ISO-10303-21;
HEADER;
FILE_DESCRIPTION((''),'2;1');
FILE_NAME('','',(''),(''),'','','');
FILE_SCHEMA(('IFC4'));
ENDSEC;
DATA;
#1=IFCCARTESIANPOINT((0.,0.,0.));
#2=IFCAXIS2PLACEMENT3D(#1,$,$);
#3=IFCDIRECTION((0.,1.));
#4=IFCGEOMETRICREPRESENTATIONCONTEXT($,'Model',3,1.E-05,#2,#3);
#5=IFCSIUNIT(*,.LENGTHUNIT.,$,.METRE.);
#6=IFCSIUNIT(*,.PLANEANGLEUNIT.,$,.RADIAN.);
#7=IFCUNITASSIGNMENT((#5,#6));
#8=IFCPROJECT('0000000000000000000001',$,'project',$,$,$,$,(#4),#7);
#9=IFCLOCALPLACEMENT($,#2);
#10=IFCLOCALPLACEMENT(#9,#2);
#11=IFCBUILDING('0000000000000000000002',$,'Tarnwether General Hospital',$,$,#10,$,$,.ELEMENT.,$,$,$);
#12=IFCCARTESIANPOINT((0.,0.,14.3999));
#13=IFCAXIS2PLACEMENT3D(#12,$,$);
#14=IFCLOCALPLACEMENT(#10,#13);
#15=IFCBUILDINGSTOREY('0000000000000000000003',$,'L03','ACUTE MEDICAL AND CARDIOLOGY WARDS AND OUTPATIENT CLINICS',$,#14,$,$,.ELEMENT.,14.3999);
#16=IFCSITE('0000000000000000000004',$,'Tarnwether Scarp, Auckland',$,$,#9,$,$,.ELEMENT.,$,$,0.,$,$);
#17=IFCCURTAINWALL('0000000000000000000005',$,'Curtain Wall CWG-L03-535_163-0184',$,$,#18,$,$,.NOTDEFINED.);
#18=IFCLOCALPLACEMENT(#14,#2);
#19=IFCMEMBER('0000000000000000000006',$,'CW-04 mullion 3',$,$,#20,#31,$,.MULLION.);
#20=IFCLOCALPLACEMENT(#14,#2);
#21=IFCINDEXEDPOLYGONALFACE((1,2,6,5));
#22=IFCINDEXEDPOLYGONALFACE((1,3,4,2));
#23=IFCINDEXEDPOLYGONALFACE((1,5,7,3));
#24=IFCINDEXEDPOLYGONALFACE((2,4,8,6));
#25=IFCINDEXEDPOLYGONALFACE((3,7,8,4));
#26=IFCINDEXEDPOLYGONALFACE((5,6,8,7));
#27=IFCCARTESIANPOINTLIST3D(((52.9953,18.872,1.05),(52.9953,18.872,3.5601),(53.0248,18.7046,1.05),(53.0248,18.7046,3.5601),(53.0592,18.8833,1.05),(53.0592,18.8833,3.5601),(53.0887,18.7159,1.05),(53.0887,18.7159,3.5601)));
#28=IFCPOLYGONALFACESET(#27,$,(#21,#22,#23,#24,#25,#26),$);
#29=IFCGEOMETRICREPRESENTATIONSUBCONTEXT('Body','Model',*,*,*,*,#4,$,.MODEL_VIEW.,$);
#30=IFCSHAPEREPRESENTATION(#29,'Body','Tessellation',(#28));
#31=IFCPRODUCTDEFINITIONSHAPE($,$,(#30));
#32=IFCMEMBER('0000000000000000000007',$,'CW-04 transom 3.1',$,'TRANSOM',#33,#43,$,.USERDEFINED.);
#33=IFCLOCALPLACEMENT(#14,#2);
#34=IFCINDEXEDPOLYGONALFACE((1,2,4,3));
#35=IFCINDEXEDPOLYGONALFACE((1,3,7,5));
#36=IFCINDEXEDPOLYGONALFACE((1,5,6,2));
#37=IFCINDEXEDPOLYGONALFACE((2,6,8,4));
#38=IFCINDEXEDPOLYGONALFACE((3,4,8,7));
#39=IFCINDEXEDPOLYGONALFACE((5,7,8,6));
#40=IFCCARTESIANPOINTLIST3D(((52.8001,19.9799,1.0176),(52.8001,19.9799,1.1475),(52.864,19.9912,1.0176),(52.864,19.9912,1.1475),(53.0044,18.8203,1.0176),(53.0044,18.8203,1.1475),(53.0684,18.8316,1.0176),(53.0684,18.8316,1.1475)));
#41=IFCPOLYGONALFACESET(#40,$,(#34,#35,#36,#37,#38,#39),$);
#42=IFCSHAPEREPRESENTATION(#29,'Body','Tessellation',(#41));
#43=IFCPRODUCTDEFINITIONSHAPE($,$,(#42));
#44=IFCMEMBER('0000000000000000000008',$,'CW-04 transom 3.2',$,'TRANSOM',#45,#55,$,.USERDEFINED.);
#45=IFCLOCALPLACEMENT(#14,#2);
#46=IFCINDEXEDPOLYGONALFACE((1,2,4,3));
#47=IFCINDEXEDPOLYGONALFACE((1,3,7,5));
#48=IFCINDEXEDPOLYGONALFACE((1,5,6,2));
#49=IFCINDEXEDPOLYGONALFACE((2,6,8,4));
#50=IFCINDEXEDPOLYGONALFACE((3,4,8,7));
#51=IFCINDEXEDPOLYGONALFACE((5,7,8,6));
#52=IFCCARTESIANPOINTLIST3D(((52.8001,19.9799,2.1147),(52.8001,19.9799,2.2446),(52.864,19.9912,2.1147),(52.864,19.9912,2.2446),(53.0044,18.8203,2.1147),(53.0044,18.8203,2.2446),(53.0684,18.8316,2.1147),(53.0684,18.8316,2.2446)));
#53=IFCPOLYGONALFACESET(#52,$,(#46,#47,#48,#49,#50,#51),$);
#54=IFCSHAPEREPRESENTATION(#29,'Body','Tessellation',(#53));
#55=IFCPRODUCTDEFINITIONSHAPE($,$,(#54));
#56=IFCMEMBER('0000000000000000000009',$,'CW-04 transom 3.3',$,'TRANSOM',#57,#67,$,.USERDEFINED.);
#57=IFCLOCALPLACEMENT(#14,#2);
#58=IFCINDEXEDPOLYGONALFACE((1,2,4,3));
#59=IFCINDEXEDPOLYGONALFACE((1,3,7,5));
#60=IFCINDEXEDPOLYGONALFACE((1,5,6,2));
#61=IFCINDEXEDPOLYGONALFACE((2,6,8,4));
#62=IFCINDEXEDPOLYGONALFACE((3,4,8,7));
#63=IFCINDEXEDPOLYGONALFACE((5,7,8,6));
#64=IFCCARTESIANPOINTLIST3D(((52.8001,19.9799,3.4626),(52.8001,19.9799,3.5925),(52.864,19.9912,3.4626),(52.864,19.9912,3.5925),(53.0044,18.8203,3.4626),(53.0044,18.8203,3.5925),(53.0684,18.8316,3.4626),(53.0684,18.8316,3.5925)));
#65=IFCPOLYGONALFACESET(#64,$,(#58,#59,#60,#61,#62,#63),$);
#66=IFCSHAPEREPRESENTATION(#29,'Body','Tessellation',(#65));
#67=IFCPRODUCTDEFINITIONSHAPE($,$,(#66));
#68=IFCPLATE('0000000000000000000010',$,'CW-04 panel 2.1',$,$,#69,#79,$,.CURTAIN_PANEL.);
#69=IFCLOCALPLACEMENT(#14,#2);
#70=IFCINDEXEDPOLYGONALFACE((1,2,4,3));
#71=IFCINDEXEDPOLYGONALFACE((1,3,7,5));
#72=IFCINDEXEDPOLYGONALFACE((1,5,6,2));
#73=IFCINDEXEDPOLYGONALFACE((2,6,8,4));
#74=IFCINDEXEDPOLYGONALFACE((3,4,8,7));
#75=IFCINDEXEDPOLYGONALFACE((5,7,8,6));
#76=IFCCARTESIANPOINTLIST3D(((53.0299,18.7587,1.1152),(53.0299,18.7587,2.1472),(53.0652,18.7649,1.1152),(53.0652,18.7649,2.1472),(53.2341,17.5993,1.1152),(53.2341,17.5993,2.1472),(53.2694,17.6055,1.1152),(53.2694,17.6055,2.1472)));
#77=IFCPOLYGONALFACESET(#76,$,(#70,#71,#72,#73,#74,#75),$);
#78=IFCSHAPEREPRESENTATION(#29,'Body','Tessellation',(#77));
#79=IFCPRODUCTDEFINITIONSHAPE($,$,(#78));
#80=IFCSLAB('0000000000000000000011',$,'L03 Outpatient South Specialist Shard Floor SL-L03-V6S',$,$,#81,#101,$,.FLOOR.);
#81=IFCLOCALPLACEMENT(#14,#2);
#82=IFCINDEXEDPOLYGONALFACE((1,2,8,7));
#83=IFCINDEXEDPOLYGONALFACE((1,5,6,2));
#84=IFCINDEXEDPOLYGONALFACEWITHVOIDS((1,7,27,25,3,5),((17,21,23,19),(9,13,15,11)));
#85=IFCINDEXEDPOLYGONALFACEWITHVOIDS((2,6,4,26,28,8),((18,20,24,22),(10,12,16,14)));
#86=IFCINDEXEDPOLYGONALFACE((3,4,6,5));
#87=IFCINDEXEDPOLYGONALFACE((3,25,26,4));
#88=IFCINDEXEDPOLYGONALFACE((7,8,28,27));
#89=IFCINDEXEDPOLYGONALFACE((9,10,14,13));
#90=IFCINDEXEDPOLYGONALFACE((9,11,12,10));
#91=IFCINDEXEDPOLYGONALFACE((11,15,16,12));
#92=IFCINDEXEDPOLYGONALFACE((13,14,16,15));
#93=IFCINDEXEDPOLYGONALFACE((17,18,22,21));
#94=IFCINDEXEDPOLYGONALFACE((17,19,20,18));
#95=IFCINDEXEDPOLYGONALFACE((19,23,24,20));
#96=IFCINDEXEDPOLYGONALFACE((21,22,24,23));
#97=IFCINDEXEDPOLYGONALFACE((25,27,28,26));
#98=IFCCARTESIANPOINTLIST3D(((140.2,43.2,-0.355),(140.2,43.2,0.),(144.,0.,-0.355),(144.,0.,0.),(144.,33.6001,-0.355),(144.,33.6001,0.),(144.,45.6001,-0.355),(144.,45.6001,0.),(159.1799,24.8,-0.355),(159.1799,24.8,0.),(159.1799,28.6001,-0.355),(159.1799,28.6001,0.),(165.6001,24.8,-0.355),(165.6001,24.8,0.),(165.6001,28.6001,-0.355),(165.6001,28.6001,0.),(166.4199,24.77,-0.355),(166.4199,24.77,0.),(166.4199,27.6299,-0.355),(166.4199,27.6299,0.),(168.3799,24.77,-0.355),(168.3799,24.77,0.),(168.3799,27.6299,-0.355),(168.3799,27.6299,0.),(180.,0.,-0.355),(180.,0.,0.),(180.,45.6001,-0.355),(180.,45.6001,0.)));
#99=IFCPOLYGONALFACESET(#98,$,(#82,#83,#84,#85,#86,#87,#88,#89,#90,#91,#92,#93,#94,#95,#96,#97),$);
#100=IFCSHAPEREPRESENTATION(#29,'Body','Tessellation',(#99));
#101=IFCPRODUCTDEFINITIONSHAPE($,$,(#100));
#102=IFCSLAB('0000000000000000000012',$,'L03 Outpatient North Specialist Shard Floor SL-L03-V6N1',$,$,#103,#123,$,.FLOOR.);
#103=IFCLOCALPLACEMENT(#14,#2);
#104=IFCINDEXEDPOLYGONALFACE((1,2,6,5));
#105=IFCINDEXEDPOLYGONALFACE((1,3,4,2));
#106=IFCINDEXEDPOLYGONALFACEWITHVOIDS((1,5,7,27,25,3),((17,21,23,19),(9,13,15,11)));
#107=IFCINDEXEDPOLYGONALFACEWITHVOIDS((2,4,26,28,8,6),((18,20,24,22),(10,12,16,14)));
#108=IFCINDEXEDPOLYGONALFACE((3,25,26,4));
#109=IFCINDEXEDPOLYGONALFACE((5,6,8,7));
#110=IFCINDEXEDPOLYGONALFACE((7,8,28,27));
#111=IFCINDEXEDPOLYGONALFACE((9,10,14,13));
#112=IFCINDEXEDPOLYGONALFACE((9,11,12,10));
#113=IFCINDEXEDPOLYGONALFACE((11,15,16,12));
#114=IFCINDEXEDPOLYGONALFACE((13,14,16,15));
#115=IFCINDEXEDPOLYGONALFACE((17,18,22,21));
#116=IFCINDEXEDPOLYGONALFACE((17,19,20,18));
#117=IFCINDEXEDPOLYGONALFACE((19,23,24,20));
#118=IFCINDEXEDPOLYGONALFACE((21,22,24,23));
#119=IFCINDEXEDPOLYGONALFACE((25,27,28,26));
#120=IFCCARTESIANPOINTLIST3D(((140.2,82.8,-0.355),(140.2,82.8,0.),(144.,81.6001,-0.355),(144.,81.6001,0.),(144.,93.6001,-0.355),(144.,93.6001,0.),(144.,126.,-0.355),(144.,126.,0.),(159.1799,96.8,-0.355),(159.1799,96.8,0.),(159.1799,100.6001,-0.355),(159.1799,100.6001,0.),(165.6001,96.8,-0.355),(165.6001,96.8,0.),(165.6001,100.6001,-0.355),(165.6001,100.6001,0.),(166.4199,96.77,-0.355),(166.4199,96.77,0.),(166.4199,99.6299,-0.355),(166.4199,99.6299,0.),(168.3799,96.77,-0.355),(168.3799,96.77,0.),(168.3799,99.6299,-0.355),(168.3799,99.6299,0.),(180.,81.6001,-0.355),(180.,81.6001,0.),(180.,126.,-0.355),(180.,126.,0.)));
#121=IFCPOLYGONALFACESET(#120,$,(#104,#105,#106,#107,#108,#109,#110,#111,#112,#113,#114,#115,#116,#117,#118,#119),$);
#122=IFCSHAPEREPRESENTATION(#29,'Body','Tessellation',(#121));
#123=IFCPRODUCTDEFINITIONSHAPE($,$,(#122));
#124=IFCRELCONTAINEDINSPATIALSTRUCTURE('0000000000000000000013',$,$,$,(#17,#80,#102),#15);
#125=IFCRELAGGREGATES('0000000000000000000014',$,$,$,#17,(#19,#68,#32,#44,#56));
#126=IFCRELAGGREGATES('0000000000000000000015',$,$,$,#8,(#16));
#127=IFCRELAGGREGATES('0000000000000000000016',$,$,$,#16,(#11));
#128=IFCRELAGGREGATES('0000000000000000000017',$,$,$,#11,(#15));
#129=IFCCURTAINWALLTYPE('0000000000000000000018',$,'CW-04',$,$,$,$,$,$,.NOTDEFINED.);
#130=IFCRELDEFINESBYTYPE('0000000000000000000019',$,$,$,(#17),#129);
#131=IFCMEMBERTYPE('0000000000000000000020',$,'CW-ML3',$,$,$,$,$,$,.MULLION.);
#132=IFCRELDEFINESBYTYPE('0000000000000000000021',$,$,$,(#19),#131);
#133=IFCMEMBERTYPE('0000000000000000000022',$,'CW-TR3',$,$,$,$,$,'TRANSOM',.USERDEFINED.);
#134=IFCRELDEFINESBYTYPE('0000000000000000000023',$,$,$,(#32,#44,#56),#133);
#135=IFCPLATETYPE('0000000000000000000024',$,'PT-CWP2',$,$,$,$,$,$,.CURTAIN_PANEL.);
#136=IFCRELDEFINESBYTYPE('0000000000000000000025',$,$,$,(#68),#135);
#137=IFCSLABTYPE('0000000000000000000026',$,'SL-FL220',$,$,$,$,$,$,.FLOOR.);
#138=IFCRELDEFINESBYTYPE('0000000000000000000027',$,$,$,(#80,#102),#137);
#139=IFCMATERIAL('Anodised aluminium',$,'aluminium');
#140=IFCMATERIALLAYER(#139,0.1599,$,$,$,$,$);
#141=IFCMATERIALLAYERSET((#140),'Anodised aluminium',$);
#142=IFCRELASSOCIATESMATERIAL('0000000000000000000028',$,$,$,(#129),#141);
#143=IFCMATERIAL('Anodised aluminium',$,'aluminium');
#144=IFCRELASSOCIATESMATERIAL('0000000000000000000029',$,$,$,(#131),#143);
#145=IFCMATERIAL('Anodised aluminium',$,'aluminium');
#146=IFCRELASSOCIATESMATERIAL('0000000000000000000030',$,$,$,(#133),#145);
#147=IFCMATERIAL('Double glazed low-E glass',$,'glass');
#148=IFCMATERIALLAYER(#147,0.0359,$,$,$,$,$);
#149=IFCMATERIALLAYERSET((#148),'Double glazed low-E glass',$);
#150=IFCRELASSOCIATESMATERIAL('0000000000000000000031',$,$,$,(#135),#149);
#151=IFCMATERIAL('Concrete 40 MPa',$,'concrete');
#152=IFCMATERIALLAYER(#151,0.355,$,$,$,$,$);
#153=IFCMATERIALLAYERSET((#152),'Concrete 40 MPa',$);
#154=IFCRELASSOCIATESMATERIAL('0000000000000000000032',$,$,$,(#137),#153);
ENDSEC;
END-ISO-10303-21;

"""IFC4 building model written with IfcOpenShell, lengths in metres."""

from ifc_helpers import new_model, si_unit, direction, frame, origin, origin_2d, place, context, subcontext, project, spatial, polyline, rectangle, outline, extrude, material, layer, layer_set, material_profile, profile_set, type_object, element, aggregate, save


model = new_model("IFC4")

# Units and contexts
model_context = context("Model", 3, precision=1e-05, world=origin(), true_north=direction((0.0, 1.0)))
body_context = subcontext(model_context, "Body", "Model", "MODEL_VIEW")
ifc_project = project(units=[si_unit("LENGTHUNIT", "METRE"), si_unit("PLANEANGLEUNIT", "RADIAN")], contexts=[model_context])

# Site, building, storey
site_placement = place(None, origin())
site = spatial("IfcSite", under=ifc_project, at=site_placement, Name="Tarnwether Scarp, Auckland", CompositionType="ELEMENT", RefElevation=0.0)
building_placement = place(site_placement, origin())
building = spatial("IfcBuilding", under=site, at=building_placement, Name="Tarnwether General Hospital", CompositionType="ELEMENT")
storey_placement = place(building_placement, frame((0.0, 0.0, 14.3999)))
storey = spatial("IfcBuildingStorey", under=building, at=storey_placement, Name="L03", Description="ACUTE MEDICAL AND CARDIOLOGY WARDS AND OUTPATIENT CLINICS", CompositionType="ELEMENT", Elevation=14.3999)

# Curtain wall, members, plate
ifc_material_1 = material(Name="Anodised aluminium", Category="aluminium")
ifc_layer_1 = layer(ifc_material_1, 0.1599)
ifc_layer_set_1 = layer_set([ifc_layer_1], Name="Anodised aluminium")
curtain_wall_type = type_object("IfcCurtainWallType", Name="CW-04", PredefinedType="NOTDEFINED", material=ifc_layer_set_1)
curtain_wall_placement = place(storey_placement, origin())
curtain_wall = element("IfcCurtainWall", 1, at=curtain_wall_placement, inside=storey, type_object=curtain_wall_type, Name="Curtain Wall CWG-L03-535_163-0184", PredefinedType="NOTDEFINED")
ifc_material_2 = material(Name="Anodised aluminium", Category="aluminium")
ifc_material_profile_1 = material_profile(ifc_material_2, rectangle(XDim=0.0649, YDim=0.1699, at=origin_2d()), Name="ALU-MUL-65x170")
ifc_profile_set_1 = profile_set([ifc_material_profile_1], Name="Anodised aluminium")
member_type_1 = type_object("IfcMemberType", Name="CW-ML3", PredefinedType="MULLION", material=ifc_profile_set_1)
member_1_placement = place(storey_placement, frame((53.042, 18.7939, 1.05), z_axis=(0.0, 0.0, 1.0), x_axis=(-0.98484, -0.173464, 0.0)))
member_1 = element("IfcMember", 2, at=member_1_placement, type_object=member_type_1, Name="CW-04 mullion 3", PredefinedType="MULLION", context=body_context, shape_type="SweptSolid", body=[
    extrude(rectangle(XDim=0.0649, YDim=0.1699, at=origin_2d()), origin(), (0.0, 0.0, 1.0), 2.51),
])
ifc_material_3 = material(Name="Anodised aluminium", Category="aluminium")
ifc_material_profile_2 = material_profile(ifc_material_3, rectangle(XDim=0.0649, YDim=0.1299, at=origin_2d()), Name="ALU-TRN-65x130")
ifc_profile_set_2 = profile_set([ifc_material_profile_2], Name="Anodised aluminium")
member_type_2 = type_object("IfcMemberType", Name="CW-TR3", ElementType="TRANSOM", PredefinedType="USERDEFINED", material=ifc_profile_set_2)
member_2_placement = place(storey_placement, frame((53.0364, 18.8259, 1.0825), z_axis=(-0.173537, 0.984827, 0.0), x_axis=(-0.984827, -0.173537, 0.0)))
member_2 = element("IfcMember", 3, at=member_2_placement, type_object=member_type_2, Name="CW-04 transom 3.1", ObjectType="TRANSOM", PredefinedType="USERDEFINED", context=body_context, shape_type="SweptSolid", body=[
    extrude(rectangle(XDim=0.0649, YDim=0.1299, at=origin_2d()), origin(), (0.0, 0.0, 1.0), 1.1775),
])
member_3_placement = place(storey_placement, frame((53.0364, 18.8259, 2.1797), z_axis=(-0.173537, 0.984827, 0.0), x_axis=(-0.984827, -0.173537, 0.0)))
member_3 = element("IfcMember", 4, at=member_3_placement, type_object=member_type_2, Name="CW-04 transom 3.2", ObjectType="TRANSOM", PredefinedType="USERDEFINED", context=body_context, shape_type="SweptSolid", body=[
    extrude(rectangle(XDim=0.0649, YDim=0.1299, at=origin_2d()), origin(), (0.0, 0.0, 1.0), 1.1775),
])
member_4_placement = place(storey_placement, frame((53.0364, 18.8259, 3.5276), z_axis=(-0.173537, 0.984827, 0.0), x_axis=(-0.984827, -0.173537, 0.0)))
member_4 = element("IfcMember", 5, at=member_4_placement, type_object=member_type_2, Name="CW-04 transom 3.3", ObjectType="TRANSOM", PredefinedType="USERDEFINED", context=body_context, shape_type="SweptSolid", body=[
    extrude(rectangle(XDim=0.0649, YDim=0.1299, at=origin_2d()), origin(), (0.0, 0.0, 1.0), 1.1775),
])
ifc_material_4 = material(Name="Double glazed low-E glass", Category="glass")
ifc_layer_2 = layer(ifc_material_4, 0.0359)
ifc_layer_set_2 = layer_set([ifc_layer_2], Name="Double glazed low-E glass")
plate_type = type_object("IfcPlateType", Name="PT-CWP2", PredefinedType="CURTAIN_PANEL", material=ifc_layer_set_2)
plate_placement = place(storey_placement, frame((53.1497, 18.1821, 1.1152), z_axis=(0.0, 0.0, 1.0), x_axis=(-0.173464, 0.98484, 0.0)))
plate = element("IfcPlate", 6, at=plate_placement, type_object=plate_type, Name="CW-04 panel 2.1", PredefinedType="CURTAIN_PANEL", context=body_context, shape_type="SweptSolid", body=[
    extrude(rectangle(XDim=1.1772, YDim=0.0359, at=origin_2d()), origin(), (0.0, 0.0, 1.0), 1.032),
])
aggregate(curtain_wall, [member_1, plate, member_2, member_3, member_4])

# Slabs
ifc_material_5 = material(Name="Concrete 40 MPa", Category="concrete")
ifc_layer_3 = layer(ifc_material_5, 0.355)
ifc_layer_set_3 = layer_set([ifc_layer_3], Name="Concrete 40 MPa")
slab_type_1 = type_object("IfcSlabType", Name="SL-FL220", PredefinedType="FLOOR", material=ifc_layer_set_3)
slab_1_placement = place(storey_placement, frame((0.0, 0.0, -0.355)))
element("IfcSlab", 7, at=slab_1_placement, inside=storey, type_object=slab_type_1, Name="L03 Outpatient South Specialist Shard Floor SL-L03-V6S", PredefinedType="FLOOR", context=body_context, shape_type="SweptSolid", body=[
    extrude(outline(polyline([(144.0, 33.6001), (140.2, 43.2), (144.0, 45.6001), (180.0, 45.6001), (180.0, 0.0), (144.0, 0.0), (144.0, 33.6001)]), holes=[polyline([(168.3799, 27.6299), (166.4199, 27.6299), (166.4199, 24.77), (168.3799, 24.77), (168.3799, 27.6299)]), polyline([(165.6001, 28.6001), (159.1799, 28.6001), (159.1799, 24.8), (165.6001, 24.8), (165.6001, 28.6001)])]), origin(), (0.0, 0.0, 1.0), 0.355),
])
slab_2_placement = place(storey_placement, frame((0.0, 0.0, -0.355)))
element("IfcSlab", 8, at=slab_2_placement, inside=storey, type_object=slab_type_1, Name="L03 Outpatient North Specialist Shard Floor SL-L03-V6N1", PredefinedType="FLOOR", context=body_context, shape_type="SweptSolid", body=[
    extrude(outline(polyline([(144.0, 93.6001), (144.0, 126.0), (180.0, 126.0), (180.0, 81.6001), (144.0, 81.6001), (140.2, 82.8), (144.0, 93.6001)]), holes=[polyline([(168.3799, 99.6299), (166.4199, 99.6299), (166.4199, 96.77), (168.3799, 96.77), (168.3799, 99.6299)]), polyline([(165.6001, 100.6001), (159.1799, 100.6001), (159.1799, 96.8), (165.6001, 96.8), (165.6001, 100.6001)])]), origin(), (0.0, 0.0, 1.0), 0.355),
])

save(model, "model.ifc")
